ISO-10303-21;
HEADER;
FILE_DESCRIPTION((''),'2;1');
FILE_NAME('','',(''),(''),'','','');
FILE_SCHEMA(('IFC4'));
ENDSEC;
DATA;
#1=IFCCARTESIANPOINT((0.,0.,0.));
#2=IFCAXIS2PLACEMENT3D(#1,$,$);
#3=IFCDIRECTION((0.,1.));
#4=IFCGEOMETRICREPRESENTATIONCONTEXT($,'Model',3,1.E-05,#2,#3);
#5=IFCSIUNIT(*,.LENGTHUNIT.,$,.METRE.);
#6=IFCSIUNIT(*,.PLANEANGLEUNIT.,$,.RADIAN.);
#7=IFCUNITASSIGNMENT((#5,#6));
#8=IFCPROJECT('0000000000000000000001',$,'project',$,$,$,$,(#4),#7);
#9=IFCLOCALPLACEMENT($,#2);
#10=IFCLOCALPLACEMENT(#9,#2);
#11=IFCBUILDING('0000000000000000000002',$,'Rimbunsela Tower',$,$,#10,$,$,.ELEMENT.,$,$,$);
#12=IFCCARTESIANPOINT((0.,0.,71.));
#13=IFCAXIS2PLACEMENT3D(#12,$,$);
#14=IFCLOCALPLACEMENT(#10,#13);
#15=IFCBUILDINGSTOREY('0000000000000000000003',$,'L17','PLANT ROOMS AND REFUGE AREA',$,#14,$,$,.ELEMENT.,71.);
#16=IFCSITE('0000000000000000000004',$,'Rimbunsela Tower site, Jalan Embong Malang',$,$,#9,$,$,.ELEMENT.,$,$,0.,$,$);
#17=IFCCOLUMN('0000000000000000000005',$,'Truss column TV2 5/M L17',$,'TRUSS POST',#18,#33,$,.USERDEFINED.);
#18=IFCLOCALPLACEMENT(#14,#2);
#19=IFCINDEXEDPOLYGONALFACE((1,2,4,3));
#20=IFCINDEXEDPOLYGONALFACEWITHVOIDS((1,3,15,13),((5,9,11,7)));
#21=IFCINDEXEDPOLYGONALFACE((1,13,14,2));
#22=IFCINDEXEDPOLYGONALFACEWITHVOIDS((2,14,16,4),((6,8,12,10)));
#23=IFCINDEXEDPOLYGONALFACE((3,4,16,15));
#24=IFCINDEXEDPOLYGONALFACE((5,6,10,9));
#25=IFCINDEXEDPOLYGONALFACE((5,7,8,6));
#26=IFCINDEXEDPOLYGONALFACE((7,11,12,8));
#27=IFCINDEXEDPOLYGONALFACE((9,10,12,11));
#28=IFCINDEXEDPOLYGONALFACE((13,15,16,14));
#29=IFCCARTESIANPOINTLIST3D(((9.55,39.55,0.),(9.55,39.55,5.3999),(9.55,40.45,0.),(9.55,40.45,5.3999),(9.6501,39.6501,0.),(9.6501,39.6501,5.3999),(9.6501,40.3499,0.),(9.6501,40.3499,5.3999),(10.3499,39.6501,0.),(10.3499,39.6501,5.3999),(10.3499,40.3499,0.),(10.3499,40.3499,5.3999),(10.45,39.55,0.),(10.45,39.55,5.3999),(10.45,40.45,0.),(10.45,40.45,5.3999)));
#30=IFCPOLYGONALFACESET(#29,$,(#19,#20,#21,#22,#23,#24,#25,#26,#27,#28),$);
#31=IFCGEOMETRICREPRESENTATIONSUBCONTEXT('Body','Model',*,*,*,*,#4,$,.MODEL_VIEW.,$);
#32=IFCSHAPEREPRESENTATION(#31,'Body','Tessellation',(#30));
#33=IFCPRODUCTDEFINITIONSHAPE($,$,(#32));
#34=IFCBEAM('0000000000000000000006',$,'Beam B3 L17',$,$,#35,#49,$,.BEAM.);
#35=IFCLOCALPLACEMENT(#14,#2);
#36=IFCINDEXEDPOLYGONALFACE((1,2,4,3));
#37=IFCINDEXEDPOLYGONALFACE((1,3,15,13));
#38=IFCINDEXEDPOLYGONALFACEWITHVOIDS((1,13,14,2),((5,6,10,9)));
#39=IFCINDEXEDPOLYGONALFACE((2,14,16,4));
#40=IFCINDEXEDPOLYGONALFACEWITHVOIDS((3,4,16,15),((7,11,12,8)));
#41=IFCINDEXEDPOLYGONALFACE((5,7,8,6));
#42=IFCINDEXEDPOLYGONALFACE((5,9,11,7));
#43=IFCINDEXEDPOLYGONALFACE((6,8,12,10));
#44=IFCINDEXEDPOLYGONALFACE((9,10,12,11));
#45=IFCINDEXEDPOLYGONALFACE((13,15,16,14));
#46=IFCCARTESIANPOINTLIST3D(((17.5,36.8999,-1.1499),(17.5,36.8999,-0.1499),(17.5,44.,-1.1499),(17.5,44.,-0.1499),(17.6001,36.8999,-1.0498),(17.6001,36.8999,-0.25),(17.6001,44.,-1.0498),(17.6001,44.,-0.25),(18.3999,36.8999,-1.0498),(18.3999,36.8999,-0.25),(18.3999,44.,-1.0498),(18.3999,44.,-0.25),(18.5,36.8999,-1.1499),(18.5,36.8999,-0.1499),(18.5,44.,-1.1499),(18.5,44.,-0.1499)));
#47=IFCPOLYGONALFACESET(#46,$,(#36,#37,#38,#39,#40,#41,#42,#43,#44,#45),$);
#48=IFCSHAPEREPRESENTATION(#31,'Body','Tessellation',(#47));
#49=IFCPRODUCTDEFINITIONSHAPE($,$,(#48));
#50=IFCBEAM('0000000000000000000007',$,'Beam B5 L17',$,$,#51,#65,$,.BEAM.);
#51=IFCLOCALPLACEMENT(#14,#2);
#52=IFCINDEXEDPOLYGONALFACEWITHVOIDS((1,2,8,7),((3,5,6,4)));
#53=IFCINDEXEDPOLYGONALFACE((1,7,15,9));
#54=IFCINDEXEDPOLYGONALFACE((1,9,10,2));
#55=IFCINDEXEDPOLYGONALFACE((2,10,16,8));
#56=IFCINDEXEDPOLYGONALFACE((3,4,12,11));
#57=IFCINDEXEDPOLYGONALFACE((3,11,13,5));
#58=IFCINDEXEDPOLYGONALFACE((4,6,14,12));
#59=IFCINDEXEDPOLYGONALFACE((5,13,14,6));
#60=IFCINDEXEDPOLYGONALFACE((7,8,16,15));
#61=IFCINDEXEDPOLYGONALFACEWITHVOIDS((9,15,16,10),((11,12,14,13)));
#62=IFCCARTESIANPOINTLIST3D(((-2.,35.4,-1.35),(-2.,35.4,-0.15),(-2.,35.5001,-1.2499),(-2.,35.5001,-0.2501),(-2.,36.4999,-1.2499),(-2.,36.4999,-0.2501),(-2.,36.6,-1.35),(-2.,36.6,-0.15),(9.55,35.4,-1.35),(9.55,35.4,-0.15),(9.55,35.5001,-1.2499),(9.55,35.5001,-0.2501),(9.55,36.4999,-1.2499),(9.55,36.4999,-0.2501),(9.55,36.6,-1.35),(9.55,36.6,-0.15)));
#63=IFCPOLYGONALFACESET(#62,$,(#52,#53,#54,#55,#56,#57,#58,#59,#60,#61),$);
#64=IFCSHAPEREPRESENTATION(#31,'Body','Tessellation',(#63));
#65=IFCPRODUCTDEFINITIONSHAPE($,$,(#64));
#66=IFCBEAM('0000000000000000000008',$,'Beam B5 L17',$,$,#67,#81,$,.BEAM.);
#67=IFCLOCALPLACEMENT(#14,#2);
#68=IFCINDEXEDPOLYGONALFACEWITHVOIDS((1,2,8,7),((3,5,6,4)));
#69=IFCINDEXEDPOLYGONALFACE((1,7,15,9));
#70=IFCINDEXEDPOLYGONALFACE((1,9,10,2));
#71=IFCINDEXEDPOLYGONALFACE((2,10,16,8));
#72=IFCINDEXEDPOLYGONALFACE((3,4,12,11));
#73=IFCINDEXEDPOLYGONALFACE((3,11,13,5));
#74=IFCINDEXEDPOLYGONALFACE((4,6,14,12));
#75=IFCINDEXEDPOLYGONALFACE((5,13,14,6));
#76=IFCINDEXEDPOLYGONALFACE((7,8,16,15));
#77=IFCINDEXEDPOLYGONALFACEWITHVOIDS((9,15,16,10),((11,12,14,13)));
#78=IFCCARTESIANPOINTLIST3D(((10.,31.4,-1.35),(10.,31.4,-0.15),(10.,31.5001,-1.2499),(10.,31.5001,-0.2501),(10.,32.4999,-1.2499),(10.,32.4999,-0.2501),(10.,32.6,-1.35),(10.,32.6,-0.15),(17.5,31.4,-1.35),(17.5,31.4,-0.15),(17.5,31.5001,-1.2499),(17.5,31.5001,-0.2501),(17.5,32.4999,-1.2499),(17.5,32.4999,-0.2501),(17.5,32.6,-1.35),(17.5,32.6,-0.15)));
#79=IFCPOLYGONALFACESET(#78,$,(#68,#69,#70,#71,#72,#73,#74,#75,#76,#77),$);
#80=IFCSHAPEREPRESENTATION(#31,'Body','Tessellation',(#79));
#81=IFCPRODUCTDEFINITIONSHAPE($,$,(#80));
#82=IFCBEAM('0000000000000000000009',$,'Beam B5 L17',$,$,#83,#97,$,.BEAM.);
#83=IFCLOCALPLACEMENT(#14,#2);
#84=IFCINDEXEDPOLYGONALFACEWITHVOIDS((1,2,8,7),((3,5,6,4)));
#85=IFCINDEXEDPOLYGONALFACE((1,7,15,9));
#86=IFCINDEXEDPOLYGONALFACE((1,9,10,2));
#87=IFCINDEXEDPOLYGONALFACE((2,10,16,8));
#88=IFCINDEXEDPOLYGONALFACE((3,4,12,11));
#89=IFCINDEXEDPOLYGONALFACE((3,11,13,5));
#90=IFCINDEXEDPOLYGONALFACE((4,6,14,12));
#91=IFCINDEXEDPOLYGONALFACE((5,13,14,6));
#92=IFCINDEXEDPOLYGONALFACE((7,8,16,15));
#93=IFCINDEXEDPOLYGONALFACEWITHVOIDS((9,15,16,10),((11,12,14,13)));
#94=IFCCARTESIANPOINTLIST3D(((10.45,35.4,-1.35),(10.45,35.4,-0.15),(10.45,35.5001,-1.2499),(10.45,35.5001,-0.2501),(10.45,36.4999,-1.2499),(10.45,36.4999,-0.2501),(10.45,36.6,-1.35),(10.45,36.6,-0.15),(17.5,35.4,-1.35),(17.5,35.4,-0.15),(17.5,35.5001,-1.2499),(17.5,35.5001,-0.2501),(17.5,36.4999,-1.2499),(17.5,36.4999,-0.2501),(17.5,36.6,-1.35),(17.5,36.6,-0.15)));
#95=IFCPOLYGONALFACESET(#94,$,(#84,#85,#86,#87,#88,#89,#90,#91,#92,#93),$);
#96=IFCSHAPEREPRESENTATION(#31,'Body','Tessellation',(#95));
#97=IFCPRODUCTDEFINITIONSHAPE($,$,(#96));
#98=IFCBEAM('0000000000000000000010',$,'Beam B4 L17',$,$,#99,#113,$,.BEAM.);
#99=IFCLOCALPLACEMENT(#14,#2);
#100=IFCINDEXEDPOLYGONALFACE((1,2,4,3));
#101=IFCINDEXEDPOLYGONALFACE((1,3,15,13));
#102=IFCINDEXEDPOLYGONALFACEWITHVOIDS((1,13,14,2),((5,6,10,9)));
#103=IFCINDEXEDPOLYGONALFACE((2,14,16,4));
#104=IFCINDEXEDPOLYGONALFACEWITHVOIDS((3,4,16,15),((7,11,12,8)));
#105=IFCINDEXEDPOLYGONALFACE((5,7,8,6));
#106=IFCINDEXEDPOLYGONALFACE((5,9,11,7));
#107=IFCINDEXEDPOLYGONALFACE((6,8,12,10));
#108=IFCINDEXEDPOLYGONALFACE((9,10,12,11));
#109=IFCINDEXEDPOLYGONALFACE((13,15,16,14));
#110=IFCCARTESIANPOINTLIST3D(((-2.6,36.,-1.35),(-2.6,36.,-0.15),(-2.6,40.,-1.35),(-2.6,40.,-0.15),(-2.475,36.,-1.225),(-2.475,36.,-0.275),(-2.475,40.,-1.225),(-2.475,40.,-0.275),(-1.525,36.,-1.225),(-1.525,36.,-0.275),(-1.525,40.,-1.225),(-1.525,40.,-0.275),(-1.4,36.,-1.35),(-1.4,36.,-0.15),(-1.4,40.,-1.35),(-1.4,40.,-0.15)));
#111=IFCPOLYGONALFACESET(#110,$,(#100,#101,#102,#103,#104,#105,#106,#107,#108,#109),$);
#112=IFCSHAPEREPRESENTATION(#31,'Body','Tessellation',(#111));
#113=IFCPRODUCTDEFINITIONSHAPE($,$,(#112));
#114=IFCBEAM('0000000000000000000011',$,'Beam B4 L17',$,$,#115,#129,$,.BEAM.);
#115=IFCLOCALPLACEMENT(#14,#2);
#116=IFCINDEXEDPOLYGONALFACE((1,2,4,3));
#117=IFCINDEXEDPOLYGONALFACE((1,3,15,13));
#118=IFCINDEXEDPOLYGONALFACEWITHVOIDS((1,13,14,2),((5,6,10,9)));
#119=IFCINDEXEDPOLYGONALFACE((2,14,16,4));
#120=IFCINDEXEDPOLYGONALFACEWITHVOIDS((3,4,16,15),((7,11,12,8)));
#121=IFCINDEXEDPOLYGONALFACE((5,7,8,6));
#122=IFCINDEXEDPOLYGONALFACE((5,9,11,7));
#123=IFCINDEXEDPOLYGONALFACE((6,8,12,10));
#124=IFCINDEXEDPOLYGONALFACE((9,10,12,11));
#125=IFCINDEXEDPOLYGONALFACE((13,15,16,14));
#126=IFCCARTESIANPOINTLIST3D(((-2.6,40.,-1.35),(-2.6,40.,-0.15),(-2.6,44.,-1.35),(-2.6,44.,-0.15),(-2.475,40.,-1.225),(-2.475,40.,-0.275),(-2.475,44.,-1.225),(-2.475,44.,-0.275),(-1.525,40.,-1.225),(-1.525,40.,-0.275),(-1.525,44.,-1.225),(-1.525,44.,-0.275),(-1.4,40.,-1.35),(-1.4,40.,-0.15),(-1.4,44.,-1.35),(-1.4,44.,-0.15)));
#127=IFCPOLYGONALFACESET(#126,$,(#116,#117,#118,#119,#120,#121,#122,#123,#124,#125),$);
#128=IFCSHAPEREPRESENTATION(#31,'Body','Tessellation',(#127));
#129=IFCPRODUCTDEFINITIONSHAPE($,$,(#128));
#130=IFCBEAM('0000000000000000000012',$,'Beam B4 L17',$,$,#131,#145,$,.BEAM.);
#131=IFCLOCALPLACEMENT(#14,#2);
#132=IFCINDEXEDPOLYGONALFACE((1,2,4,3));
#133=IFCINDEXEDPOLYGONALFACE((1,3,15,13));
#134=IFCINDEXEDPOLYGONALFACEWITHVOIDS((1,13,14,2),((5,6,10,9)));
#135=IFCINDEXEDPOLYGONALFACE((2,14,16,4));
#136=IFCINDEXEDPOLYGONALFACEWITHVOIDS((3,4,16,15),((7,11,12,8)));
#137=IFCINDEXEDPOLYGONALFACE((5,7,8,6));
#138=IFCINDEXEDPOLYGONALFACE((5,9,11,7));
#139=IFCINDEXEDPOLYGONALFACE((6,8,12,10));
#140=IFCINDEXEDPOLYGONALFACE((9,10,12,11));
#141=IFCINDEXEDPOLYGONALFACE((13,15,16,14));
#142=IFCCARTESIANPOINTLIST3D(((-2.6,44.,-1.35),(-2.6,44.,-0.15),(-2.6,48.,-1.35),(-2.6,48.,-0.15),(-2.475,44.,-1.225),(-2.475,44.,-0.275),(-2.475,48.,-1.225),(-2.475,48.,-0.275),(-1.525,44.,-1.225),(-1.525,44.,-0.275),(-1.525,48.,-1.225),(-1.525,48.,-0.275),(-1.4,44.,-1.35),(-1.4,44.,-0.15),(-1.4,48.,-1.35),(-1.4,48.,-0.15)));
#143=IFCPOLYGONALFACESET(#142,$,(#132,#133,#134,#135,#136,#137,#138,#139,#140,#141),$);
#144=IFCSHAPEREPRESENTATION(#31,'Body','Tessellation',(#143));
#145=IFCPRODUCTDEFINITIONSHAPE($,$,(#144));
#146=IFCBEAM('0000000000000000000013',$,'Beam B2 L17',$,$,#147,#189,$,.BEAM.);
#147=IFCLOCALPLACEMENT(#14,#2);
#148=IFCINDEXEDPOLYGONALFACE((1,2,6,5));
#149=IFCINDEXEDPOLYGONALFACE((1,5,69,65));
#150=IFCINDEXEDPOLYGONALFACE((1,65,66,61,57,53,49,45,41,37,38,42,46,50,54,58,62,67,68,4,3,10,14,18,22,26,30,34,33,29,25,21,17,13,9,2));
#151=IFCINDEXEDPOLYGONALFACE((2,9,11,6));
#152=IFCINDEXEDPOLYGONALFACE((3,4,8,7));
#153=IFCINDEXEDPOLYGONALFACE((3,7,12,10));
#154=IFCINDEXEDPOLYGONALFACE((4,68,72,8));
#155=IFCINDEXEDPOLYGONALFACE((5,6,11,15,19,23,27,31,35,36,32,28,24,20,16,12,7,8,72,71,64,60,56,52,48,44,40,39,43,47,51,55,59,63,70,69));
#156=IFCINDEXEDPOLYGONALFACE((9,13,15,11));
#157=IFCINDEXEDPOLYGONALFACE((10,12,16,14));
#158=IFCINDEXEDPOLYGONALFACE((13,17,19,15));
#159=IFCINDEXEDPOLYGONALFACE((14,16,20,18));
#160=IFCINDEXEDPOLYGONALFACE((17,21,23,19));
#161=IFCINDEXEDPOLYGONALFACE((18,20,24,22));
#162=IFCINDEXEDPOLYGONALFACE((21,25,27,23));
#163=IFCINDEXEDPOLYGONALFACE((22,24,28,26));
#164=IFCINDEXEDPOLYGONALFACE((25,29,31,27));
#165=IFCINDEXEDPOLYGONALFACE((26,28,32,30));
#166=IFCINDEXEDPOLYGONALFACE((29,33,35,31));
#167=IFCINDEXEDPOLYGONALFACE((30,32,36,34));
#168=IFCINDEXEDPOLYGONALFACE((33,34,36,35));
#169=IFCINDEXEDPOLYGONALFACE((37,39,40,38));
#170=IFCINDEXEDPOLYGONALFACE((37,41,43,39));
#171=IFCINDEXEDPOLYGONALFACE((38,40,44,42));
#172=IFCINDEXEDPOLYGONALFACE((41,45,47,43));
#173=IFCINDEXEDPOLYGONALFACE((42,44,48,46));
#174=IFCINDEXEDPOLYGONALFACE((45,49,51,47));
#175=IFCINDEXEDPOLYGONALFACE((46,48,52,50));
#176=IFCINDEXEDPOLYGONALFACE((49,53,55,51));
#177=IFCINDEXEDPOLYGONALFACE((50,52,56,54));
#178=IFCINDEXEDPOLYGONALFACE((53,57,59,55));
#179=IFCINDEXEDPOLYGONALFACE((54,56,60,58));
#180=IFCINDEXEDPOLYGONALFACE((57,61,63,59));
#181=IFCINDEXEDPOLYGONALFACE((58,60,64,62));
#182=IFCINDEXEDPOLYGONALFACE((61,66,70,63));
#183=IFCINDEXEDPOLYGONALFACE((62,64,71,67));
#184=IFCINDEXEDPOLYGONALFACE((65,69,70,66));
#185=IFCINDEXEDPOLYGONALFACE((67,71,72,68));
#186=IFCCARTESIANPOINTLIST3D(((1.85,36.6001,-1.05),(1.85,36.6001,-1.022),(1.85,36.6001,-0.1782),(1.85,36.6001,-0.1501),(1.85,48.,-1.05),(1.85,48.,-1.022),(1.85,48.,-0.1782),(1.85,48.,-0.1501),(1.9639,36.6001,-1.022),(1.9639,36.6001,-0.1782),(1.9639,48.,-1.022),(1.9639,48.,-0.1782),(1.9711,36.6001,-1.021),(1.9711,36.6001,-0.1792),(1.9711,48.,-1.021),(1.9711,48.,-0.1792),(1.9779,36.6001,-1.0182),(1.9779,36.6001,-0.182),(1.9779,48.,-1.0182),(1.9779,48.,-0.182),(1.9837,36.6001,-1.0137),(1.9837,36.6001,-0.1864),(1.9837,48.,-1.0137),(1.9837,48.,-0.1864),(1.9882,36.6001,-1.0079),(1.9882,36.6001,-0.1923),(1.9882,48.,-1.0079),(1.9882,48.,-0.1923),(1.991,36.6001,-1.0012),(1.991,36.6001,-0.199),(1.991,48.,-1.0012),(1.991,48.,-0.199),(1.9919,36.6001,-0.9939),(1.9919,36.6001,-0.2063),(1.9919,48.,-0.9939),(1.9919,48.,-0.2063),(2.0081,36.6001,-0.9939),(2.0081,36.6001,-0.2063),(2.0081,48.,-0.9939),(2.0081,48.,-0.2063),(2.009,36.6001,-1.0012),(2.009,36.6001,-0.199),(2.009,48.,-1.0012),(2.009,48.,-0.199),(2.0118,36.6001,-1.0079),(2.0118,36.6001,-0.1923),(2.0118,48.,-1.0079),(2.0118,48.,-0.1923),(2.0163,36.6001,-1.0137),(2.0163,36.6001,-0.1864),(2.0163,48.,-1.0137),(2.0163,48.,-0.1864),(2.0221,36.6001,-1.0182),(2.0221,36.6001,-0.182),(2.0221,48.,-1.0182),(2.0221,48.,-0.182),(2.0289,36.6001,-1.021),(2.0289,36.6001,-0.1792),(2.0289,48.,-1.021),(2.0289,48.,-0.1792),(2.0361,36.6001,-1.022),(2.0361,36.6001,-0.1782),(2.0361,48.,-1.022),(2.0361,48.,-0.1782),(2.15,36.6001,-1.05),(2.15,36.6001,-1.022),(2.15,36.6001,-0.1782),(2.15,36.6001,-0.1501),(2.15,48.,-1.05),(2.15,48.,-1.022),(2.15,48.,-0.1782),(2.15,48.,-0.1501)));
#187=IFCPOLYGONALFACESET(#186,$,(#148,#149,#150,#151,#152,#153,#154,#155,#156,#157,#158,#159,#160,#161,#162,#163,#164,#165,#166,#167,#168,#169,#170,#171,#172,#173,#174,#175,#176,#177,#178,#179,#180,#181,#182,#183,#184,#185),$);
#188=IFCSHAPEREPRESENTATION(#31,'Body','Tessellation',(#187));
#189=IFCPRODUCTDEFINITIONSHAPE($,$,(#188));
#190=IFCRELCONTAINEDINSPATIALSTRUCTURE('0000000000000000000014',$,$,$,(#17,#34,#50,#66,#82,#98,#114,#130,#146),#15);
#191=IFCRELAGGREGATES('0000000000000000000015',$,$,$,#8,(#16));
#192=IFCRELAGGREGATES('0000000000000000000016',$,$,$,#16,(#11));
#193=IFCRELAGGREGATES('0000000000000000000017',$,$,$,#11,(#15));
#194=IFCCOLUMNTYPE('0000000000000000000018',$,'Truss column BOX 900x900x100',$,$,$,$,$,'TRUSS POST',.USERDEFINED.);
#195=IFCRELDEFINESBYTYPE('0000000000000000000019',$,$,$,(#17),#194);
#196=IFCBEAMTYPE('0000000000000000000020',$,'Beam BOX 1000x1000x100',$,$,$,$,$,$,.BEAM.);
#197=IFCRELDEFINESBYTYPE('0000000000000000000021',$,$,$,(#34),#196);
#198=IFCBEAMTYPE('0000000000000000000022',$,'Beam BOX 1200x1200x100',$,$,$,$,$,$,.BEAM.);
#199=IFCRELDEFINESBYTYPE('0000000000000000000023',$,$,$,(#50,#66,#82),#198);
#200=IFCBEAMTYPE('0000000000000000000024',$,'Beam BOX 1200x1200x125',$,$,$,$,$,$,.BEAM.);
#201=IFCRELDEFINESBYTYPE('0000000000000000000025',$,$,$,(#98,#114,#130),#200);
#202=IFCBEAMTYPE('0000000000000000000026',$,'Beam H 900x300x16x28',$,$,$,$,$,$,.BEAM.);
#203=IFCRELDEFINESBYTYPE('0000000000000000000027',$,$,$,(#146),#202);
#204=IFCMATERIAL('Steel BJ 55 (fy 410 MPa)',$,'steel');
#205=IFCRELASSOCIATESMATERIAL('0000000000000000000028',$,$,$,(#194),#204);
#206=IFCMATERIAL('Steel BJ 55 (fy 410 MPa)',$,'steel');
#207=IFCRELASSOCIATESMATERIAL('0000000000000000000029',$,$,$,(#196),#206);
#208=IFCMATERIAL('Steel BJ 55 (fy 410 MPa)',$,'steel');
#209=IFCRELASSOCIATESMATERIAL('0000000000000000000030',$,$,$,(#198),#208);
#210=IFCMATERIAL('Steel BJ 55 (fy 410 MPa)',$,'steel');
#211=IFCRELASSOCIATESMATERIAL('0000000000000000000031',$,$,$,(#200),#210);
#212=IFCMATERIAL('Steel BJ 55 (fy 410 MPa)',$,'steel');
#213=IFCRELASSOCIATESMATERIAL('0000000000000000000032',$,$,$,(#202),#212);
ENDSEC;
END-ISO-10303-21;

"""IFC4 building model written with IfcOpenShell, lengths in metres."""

from ifc_helpers import new_model, si_unit, direction, frame, origin, origin_2d, place, context, subcontext, project, spatial, hollow_rectangle, i_section, extrude, material, material_profile, profile_set, type_object, element, save


model = new_model("IFC4")

# Units and contexts
model_context = context("Model", 3, precision=1e-05, world=origin(), true_north=direction((0.0, 1.0)))
body_context = subcontext(model_context, "Body", "Model", "MODEL_VIEW")
ifc_project = project(units=[si_unit("LENGTHUNIT", "METRE"), si_unit("PLANEANGLEUNIT", "RADIAN")], contexts=[model_context])

# Site, building, storey
site_placement = place(None, origin())
site = spatial("IfcSite", under=ifc_project, at=site_placement, Name="Rimbunsela Tower site, Jalan Embong Malang", CompositionType="ELEMENT", RefElevation=0.0)
building_placement = place(site_placement, origin())
building = spatial("IfcBuilding", under=site, at=building_placement, Name="Rimbunsela Tower", CompositionType="ELEMENT")
storey_placement = place(building_placement, frame((0.0, 0.0, 71.0)))
storey = spatial("IfcBuildingStorey", under=building, at=storey_placement, Name="L17", Description="PLANT ROOMS AND REFUGE AREA", CompositionType="ELEMENT", Elevation=71.0)

# Column
ifc_material_1 = material(Name="Steel BJ 55 (fy 410 MPa)", Category="steel")
ifc_material_profile_1 = material_profile(ifc_material_1, hollow_rectangle(XDim=0.8999, YDim=0.8999, WallThickness=0.1001, at=origin_2d()), Name="BOX 900x900x100")
ifc_profile_set_1 = profile_set([ifc_material_profile_1], Name="Steel BJ 55 (fy 410 MPa)")
column_type = type_object("IfcColumnType", Name="Truss column BOX 900x900x100", ElementType="TRUSS POST", PredefinedType="USERDEFINED", material=ifc_profile_set_1)
column_placement = place(storey_placement, frame((10.0, 40.0, 0.0), z_axis=(0.0, 0.0, 1.0), x_axis=(1.0, 0.0, 0.0)))
element("IfcColumn", 1, at=column_placement, inside=storey, type_object=column_type, Name="Truss column TV2 5/M L17", ObjectType="TRUSS POST", PredefinedType="USERDEFINED", context=body_context, shape_type="SweptSolid", body=[
    extrude(hollow_rectangle(XDim=0.8999, YDim=0.8999, WallThickness=0.1001, at=origin_2d()), origin(), (0.0, 0.0, 1.0), 5.3999),
])

# Beams
ifc_material_2 = material(Name="Steel BJ 55 (fy 410 MPa)", Category="steel")
ifc_material_profile_2 = material_profile(ifc_material_2, hollow_rectangle(XDim=1.0, YDim=1.0, WallThickness=0.1001, at=origin_2d()), Name="BOX 1000x1000x100")
ifc_profile_set_2 = profile_set([ifc_material_profile_2], Name="Steel BJ 55 (fy 410 MPa)")
beam_type_1 = type_object("IfcBeamType", Name="Beam BOX 1000x1000x100", PredefinedType="BEAM", material=ifc_profile_set_2)
beam_1_placement = place(storey_placement, frame((18.0, 36.8999, -0.6499), z_axis=(0.0, 1.0, 0.0), x_axis=(-1.0, 0.0, 0.0)))
element("IfcBeam", 2, at=beam_1_placement, inside=storey, type_object=beam_type_1, Name="Beam B3 L17", PredefinedType="BEAM", context=body_context, shape_type="SweptSolid", body=[
    extrude(hollow_rectangle(XDim=1.0, YDim=1.0, WallThickness=0.1001, at=origin_2d()), origin(), (0.0, 0.0, 1.0), 7.1001),
])
ifc_material_3 = material(Name="Steel BJ 55 (fy 410 MPa)", Category="steel")
ifc_material_profile_3 = material_profile(ifc_material_3, hollow_rectangle(XDim=1.2, YDim=1.2, WallThickness=0.1001, at=origin_2d()), Name="BOX 1200x1200x100")
ifc_profile_set_3 = profile_set([ifc_material_profile_3], Name="Steel BJ 55 (fy 410 MPa)")
beam_type_2 = type_object("IfcBeamType", Name="Beam BOX 1200x1200x100", PredefinedType="BEAM", material=ifc_profile_set_3)
beam_2_placement = place(storey_placement, frame((-2.0, 36.0, -0.75), z_axis=(1.0, 0.0, 0.0), x_axis=(0.0, 1.0, 0.0)))
element("IfcBeam", 3, at=beam_2_placement, inside=storey, type_object=beam_type_2, Name="Beam B5 L17", PredefinedType="BEAM", context=body_context, shape_type="SweptSolid", body=[
    extrude(hollow_rectangle(XDim=1.2, YDim=1.2, WallThickness=0.1001, at=origin_2d()), origin(), (0.0, 0.0, 1.0), 11.55),
])
beam_3_placement = place(storey_placement, frame((10.0, 32.0, -0.75), z_axis=(1.0, 0.0, 0.0), x_axis=(0.0, 1.0, 0.0)))
element("IfcBeam", 4, at=beam_3_placement, inside=storey, type_object=beam_type_2, Name="Beam B5 L17", PredefinedType="BEAM", context=body_context, shape_type="SweptSolid", body=[
    extrude(hollow_rectangle(XDim=1.2, YDim=1.2, WallThickness=0.1001, at=origin_2d()), origin(), (0.0, 0.0, 1.0), 7.5),
])
beam_4_placement = place(storey_placement, frame((10.45, 36.0, -0.75), z_axis=(1.0, 0.0, 0.0), x_axis=(0.0, 1.0, 0.0)))
element("IfcBeam", 5, at=beam_4_placement, inside=storey, type_object=beam_type_2, Name="Beam B5 L17", PredefinedType="BEAM", context=body_context, shape_type="SweptSolid", body=[
    extrude(hollow_rectangle(XDim=1.2, YDim=1.2, WallThickness=0.1001, at=origin_2d()), origin(), (0.0, 0.0, 1.0), 7.05),
])
ifc_material_4 = material(Name="Steel BJ 55 (fy 410 MPa)", Category="steel")
ifc_material_profile_4 = material_profile(ifc_material_4, hollow_rectangle(XDim=1.2, YDim=1.2, WallThickness=0.125, at=origin_2d()), Name="BOX 1200x1200x125")
ifc_profile_set_4 = profile_set([ifc_material_profile_4], Name="Steel BJ 55 (fy 410 MPa)")
beam_type_3 = type_object("IfcBeamType", Name="Beam BOX 1200x1200x125", PredefinedType="BEAM", material=ifc_profile_set_4)
for number, where, z_axis, x_axis, name in (
    (6, (-2.0, 36.0, -0.75), (0.0, 1.0, 0.0), (-1.0, 0.0, 0.0), "Beam B4 L17"),
    (7, (-2.0, 40.0, -0.75), (0.0, 1.0, 0.0), (-1.0, 0.0, 0.0), "Beam B4 L17"),
    (8, (-2.0, 44.0, -0.75), (0.0, 1.0, 0.0), (-1.0, 0.0, 0.0), "Beam B4 L17"),
):
    element("IfcBeam", number, at=place(storey_placement, frame(where, z_axis=z_axis, x_axis=x_axis)), inside=storey, type_object=beam_type_3, Name=name, PredefinedType="BEAM", context=body_context, shape_type="SweptSolid", body=[
        extrude(hollow_rectangle(XDim=1.2, YDim=1.2, WallThickness=0.125, at=origin_2d()), origin(), (0.0, 0.0, 1.0), 4.0),
    ])
ifc_material_5 = material(Name="Steel BJ 55 (fy 410 MPa)", Category="steel")
ifc_material_profile_5 = material_profile(ifc_material_5, i_section(OverallWidth=0.3, OverallDepth=0.8999, WebThickness=0.0161, FlangeThickness=0.0281, FilletRadius=0.0281, at=origin_2d()), Name="H 900x300x16x28")
ifc_profile_set_5 = profile_set([ifc_material_profile_5], Name="Steel BJ 55 (fy 410 MPa)")
beam_type_4 = type_object("IfcBeamType", Name="Beam H 900x300x16x28", PredefinedType="BEAM", material=ifc_profile_set_5)
for number, where, z_axis, x_axis, name in (
    (9, (2.0, 36.6001, -0.6001), (0.0, 1.0, 0.0), (-1.0, 0.0, 0.0), "Beam B2 L17"),
):
    element("IfcBeam", number, at=place(storey_placement, frame(where, z_axis=z_axis, x_axis=x_axis)), inside=storey, type_object=beam_type_4, Name=name, PredefinedType="BEAM", context=body_context, shape_type="SweptSolid", body=[
        extrude(i_section(OverallWidth=0.3, OverallDepth=0.8999, WebThickness=0.0161, FlangeThickness=0.0281, FilletRadius=0.0281, at=origin_2d()), origin(), (0.0, 0.0, 1.0), 11.3999),
    ])

save(model, "model.ifc")
